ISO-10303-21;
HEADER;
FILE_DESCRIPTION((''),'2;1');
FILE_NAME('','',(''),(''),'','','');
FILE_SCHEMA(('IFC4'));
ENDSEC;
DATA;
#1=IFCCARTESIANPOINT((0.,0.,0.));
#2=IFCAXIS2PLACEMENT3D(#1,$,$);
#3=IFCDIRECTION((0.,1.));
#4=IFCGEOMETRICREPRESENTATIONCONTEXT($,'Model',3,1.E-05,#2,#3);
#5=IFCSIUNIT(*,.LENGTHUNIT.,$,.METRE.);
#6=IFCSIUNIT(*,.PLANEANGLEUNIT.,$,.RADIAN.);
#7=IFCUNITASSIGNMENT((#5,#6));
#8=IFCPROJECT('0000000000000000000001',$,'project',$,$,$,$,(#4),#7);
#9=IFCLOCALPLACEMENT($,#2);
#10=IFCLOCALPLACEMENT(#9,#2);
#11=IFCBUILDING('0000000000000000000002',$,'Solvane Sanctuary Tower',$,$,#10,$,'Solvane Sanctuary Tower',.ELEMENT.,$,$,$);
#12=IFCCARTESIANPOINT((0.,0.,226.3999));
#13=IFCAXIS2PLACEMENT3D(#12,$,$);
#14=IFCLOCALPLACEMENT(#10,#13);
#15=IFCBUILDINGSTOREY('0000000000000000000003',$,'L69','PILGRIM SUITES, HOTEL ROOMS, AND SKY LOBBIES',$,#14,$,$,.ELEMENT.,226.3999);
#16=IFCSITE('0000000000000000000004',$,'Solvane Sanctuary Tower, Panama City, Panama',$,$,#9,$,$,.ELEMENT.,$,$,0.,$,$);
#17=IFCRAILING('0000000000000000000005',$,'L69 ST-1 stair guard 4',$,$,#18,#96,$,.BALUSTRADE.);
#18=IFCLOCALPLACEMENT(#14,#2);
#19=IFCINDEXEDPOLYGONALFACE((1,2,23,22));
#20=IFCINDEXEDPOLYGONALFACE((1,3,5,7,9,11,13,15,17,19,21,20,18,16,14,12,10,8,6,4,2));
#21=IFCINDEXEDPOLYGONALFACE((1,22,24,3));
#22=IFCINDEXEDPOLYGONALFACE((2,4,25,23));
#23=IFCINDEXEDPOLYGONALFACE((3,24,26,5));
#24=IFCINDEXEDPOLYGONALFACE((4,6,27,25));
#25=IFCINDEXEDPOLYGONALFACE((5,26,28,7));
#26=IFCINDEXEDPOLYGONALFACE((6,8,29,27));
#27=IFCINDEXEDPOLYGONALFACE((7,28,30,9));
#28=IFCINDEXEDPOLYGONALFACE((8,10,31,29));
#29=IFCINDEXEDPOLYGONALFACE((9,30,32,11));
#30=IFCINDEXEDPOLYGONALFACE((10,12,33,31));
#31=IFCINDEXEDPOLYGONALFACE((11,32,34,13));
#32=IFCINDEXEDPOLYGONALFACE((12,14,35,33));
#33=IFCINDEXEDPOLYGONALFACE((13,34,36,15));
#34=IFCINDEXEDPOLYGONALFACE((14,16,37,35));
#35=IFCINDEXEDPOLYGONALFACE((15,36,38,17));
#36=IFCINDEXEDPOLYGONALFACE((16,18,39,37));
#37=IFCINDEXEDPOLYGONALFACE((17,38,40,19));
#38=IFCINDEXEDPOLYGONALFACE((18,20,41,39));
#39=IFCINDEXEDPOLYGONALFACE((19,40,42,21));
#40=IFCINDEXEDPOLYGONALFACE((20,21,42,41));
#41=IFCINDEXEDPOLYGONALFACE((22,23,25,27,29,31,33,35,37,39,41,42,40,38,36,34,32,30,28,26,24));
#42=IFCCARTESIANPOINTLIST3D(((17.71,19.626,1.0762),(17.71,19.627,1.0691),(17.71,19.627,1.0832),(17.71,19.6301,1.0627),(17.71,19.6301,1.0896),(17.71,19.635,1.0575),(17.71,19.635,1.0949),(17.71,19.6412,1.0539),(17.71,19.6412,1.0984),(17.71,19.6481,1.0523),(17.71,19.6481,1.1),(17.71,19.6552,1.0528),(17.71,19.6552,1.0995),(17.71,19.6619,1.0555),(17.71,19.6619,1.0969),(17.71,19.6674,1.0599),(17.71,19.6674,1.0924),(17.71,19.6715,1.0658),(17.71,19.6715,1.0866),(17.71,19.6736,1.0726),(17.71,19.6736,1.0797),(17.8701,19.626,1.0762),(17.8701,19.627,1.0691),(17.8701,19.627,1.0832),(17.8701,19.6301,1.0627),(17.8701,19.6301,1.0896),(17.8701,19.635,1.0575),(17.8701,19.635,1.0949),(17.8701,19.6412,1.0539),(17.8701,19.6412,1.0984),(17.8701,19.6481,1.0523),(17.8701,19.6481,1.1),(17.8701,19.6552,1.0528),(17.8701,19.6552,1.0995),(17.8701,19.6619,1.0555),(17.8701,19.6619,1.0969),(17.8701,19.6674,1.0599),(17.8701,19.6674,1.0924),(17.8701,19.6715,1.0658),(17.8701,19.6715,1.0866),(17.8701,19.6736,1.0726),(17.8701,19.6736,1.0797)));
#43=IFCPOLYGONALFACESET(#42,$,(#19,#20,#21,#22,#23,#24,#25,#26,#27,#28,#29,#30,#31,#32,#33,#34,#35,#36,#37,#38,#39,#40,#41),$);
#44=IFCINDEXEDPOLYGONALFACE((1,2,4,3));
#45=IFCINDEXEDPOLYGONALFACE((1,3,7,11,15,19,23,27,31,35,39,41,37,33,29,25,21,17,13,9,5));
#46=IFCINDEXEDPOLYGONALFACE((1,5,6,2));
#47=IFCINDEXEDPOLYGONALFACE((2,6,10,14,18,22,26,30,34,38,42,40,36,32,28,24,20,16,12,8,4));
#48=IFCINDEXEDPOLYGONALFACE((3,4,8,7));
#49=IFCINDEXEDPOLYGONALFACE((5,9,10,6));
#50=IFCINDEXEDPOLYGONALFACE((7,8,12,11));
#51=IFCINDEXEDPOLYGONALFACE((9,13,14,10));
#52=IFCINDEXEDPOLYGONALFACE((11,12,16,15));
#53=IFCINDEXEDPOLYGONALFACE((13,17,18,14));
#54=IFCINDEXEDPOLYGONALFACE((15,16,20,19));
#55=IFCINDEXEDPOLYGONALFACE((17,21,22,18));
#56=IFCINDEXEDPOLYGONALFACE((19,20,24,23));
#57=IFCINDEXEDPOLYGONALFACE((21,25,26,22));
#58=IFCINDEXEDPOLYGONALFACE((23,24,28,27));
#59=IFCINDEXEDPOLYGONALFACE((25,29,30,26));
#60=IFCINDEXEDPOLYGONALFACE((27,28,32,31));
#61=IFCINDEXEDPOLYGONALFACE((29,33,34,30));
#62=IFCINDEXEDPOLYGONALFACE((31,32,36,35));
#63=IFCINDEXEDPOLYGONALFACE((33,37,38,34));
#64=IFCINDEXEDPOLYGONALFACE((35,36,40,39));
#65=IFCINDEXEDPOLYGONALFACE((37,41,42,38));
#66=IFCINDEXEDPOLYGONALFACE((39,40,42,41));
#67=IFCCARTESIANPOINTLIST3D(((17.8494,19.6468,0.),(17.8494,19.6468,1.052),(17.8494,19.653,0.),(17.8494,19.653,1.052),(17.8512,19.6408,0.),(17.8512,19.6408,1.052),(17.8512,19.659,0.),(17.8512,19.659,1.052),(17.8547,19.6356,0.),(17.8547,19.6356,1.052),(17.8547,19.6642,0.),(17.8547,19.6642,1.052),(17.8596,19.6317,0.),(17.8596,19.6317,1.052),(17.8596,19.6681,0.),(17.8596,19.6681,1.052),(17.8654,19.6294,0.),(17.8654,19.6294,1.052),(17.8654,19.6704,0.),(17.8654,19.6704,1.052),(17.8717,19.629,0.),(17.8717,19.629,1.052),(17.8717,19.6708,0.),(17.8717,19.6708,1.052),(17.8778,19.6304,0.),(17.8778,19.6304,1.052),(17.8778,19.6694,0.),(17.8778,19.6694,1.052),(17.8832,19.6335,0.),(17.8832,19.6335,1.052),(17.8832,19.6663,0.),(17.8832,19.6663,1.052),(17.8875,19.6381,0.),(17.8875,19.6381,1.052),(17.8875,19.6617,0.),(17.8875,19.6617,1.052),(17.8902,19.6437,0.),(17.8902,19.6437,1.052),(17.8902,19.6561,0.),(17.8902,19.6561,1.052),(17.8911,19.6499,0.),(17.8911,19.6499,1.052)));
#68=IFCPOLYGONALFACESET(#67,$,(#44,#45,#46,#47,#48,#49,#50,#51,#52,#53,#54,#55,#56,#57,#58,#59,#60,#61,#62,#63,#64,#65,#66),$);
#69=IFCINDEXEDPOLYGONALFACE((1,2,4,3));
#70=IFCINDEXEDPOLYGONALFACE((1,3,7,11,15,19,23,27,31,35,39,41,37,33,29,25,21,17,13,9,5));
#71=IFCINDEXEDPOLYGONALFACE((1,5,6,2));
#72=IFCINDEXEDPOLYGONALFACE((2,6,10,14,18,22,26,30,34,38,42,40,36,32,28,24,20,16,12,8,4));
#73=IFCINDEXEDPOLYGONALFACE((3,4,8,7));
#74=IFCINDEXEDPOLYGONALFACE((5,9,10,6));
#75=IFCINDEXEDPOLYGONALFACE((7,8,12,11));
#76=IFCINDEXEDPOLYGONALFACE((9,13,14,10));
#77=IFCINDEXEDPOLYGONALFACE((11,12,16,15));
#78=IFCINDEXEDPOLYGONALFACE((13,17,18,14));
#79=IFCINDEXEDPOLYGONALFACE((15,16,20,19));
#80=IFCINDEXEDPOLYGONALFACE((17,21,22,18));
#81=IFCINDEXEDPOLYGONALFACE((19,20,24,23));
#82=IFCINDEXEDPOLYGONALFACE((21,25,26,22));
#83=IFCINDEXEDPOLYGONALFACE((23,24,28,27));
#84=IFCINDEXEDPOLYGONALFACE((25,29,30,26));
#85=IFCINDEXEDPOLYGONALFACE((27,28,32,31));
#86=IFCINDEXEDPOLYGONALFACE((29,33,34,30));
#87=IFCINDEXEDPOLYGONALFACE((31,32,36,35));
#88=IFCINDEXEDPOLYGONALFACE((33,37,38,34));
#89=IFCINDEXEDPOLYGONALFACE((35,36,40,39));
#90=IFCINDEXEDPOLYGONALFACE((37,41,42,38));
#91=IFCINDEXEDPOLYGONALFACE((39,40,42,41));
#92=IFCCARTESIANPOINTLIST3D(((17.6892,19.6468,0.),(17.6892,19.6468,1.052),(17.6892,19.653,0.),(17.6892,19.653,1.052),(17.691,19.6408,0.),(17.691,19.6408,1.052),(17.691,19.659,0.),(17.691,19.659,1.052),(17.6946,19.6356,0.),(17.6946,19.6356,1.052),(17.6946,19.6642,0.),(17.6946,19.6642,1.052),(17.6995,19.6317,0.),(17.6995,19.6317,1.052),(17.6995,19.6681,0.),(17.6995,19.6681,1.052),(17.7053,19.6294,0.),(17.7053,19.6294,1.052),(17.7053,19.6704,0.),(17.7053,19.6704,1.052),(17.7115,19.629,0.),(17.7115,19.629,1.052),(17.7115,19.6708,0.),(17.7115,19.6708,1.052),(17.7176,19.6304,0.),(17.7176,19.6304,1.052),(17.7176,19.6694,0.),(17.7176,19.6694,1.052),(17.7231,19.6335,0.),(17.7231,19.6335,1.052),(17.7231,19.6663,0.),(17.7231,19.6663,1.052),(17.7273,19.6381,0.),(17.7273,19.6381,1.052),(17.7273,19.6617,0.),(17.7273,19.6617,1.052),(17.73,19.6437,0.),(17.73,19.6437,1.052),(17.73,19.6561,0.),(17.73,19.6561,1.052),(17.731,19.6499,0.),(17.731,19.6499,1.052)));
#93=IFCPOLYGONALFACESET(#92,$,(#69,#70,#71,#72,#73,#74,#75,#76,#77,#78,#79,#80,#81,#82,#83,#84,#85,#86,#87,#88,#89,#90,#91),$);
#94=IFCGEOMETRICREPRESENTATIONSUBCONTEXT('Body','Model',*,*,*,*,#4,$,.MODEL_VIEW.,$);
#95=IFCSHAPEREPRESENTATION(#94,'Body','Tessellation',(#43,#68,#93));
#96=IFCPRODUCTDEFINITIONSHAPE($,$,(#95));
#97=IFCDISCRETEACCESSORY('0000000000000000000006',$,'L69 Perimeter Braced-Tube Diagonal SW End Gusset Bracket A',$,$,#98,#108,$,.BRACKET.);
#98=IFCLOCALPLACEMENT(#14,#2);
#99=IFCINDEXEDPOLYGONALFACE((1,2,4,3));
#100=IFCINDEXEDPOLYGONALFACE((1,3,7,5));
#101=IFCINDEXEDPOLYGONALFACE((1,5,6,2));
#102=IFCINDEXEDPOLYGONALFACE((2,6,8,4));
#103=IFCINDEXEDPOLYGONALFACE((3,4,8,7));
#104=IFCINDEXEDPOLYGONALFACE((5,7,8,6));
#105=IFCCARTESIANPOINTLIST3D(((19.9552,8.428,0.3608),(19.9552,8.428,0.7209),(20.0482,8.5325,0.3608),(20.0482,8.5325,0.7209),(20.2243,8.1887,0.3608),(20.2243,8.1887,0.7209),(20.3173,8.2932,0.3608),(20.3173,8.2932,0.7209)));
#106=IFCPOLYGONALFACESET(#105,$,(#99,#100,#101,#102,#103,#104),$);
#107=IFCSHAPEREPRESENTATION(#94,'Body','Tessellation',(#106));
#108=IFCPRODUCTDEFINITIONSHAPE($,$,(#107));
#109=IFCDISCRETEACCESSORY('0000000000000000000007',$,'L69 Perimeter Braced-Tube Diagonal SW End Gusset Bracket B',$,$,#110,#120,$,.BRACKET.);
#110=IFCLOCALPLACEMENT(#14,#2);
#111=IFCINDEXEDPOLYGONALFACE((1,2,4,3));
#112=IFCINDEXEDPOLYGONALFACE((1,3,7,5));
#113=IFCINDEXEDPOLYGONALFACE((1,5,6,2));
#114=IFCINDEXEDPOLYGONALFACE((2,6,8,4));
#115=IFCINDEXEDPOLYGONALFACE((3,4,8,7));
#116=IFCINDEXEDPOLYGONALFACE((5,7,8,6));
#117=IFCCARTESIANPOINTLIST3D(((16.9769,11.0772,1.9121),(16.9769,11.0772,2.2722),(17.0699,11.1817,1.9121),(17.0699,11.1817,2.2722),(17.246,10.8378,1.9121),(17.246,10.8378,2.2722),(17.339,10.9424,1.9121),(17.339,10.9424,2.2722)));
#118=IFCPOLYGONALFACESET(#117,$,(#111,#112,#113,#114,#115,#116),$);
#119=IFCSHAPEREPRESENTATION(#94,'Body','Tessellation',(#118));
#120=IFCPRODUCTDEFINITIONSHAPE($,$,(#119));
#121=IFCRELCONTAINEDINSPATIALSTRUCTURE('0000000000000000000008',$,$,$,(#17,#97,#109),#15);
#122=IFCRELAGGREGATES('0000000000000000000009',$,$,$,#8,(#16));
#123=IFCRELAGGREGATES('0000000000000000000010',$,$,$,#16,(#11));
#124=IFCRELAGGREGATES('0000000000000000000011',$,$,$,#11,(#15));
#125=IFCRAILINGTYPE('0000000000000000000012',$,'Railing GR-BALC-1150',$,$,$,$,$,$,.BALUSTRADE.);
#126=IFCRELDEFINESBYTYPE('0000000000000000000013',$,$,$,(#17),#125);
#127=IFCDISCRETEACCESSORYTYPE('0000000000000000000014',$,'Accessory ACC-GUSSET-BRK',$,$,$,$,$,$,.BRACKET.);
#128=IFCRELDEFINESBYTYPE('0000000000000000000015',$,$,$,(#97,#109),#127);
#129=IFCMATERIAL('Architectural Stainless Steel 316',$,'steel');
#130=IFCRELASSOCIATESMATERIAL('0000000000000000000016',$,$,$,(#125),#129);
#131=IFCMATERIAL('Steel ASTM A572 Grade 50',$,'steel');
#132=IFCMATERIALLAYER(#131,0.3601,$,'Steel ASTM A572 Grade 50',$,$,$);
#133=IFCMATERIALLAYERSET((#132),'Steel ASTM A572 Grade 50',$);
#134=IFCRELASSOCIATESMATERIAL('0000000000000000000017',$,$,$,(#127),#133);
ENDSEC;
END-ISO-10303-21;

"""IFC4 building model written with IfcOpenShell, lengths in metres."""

from ifc_helpers import new_model, si_unit, direction, frame, origin, origin_2d, place, context, subcontext, project, spatial, rectangle, circle, extrude, material, layer, layer_set, type_object, element, save


model = new_model("IFC4")

# Units and contexts
model_context = context("Model", 3, precision=1e-05, world=origin(), true_north=direction((0.0, 1.0)))
body_context = subcontext(model_context, "Body", "Model", "MODEL_VIEW")
ifc_project = project(units=[si_unit("LENGTHUNIT", "METRE"), si_unit("PLANEANGLEUNIT", "RADIAN")], contexts=[model_context])

# Site, building, storey
site_placement = place(None, origin())
site = spatial("IfcSite", under=ifc_project, at=site_placement, Name="Solvane Sanctuary Tower, Panama City, Panama", CompositionType="ELEMENT", RefElevation=0.0)
building_placement = place(site_placement, origin())
building = spatial("IfcBuilding", under=site, at=building_placement, Name="Solvane Sanctuary Tower", LongName="Solvane Sanctuary Tower", CompositionType="ELEMENT")
storey_placement = place(building_placement, frame((0.0, 0.0, 226.3999)))
storey = spatial("IfcBuildingStorey", under=building, at=storey_placement, Name="L69", Description="PILGRIM SUITES, HOTEL ROOMS, AND SKY LOBBIES", CompositionType="ELEMENT", Elevation=226.3999)

# Shared definitions
ifc_material_1 = material(Name="Architectural Stainless Steel 316", Category="steel")

# Railing
railing_type = type_object("IfcRailingType", Name="Railing GR-BALC-1150", PredefinedType="BALUSTRADE", material=ifc_material_1)
railing_1_placement = place(storey_placement, frame((17.8701, 19.6499, 0.0)))
element("IfcRailing", 1, at=railing_1_placement, inside=storey, type_object=railing_type, Name="L69 ST-1 stair guard 4", PredefinedType="BALUSTRADE", context=body_context, shape_type="SweptSolid", body=[
    extrude(circle(Radius=0.0239, at=origin_2d()), frame((0.0, 0.0, 1.0762), z_axis=(-1.0, 0.0, 0.0), x_axis=(0.0, -1.0, 0.0)), (0.0, 0.0, 1.0), 0.1602),
    extrude(circle(Radius=0.021, at=origin_2d()), origin(), (0.0, 0.0, 1.0), 1.052),
    extrude(circle(Radius=0.021, at=origin_2d()), frame((-0.1602, 0.0, 0.0)), (0.0, 0.0, 1.0), 1.052),
])

# Discrete accessories
ifc_material_2 = material(Name="Steel ASTM A572 Grade 50", Category="steel")
ifc_layer_1 = layer(ifc_material_2, 0.3601, Name="Steel ASTM A572 Grade 50")
ifc_layer_set_1 = layer_set([ifc_layer_1], Name="Steel ASTM A572 Grade 50")
discrete_accessory_type = type_object("IfcDiscreteAccessoryType", Name="Accessory ACC-GUSSET-BRK", PredefinedType="BRACKET", material=ifc_layer_set_1)
for number, where, z_axis, x_axis, name in (
    (2, (20.1362, 8.3606, 0.3608), (0.0, 0.0, 1.0), (-0.747218, 0.664579, 0.0), "L69 Perimeter Braced-Tube Diagonal SW End Gusset Bracket A"),
    (3, (17.158, 11.0098, 1.9121), (0.0, 0.0, 1.0), (-0.747218, 0.664579, 0.0), "L69 Perimeter Braced-Tube Diagonal SW End Gusset Bracket B"),
):
    element("IfcDiscreteAccessory", number, at=place(storey_placement, frame(where, z_axis=z_axis, x_axis=x_axis)), inside=storey, type_object=discrete_accessory_type, Name=name, PredefinedType="BRACKET", context=body_context, shape_type="SweptSolid", body=[
        extrude(rectangle(XDim=0.3601, YDim=0.1399, at=origin_2d()), origin(), (0.0, 0.0, 1.0), 0.3601),
    ])

save(model, "model.ifc")
